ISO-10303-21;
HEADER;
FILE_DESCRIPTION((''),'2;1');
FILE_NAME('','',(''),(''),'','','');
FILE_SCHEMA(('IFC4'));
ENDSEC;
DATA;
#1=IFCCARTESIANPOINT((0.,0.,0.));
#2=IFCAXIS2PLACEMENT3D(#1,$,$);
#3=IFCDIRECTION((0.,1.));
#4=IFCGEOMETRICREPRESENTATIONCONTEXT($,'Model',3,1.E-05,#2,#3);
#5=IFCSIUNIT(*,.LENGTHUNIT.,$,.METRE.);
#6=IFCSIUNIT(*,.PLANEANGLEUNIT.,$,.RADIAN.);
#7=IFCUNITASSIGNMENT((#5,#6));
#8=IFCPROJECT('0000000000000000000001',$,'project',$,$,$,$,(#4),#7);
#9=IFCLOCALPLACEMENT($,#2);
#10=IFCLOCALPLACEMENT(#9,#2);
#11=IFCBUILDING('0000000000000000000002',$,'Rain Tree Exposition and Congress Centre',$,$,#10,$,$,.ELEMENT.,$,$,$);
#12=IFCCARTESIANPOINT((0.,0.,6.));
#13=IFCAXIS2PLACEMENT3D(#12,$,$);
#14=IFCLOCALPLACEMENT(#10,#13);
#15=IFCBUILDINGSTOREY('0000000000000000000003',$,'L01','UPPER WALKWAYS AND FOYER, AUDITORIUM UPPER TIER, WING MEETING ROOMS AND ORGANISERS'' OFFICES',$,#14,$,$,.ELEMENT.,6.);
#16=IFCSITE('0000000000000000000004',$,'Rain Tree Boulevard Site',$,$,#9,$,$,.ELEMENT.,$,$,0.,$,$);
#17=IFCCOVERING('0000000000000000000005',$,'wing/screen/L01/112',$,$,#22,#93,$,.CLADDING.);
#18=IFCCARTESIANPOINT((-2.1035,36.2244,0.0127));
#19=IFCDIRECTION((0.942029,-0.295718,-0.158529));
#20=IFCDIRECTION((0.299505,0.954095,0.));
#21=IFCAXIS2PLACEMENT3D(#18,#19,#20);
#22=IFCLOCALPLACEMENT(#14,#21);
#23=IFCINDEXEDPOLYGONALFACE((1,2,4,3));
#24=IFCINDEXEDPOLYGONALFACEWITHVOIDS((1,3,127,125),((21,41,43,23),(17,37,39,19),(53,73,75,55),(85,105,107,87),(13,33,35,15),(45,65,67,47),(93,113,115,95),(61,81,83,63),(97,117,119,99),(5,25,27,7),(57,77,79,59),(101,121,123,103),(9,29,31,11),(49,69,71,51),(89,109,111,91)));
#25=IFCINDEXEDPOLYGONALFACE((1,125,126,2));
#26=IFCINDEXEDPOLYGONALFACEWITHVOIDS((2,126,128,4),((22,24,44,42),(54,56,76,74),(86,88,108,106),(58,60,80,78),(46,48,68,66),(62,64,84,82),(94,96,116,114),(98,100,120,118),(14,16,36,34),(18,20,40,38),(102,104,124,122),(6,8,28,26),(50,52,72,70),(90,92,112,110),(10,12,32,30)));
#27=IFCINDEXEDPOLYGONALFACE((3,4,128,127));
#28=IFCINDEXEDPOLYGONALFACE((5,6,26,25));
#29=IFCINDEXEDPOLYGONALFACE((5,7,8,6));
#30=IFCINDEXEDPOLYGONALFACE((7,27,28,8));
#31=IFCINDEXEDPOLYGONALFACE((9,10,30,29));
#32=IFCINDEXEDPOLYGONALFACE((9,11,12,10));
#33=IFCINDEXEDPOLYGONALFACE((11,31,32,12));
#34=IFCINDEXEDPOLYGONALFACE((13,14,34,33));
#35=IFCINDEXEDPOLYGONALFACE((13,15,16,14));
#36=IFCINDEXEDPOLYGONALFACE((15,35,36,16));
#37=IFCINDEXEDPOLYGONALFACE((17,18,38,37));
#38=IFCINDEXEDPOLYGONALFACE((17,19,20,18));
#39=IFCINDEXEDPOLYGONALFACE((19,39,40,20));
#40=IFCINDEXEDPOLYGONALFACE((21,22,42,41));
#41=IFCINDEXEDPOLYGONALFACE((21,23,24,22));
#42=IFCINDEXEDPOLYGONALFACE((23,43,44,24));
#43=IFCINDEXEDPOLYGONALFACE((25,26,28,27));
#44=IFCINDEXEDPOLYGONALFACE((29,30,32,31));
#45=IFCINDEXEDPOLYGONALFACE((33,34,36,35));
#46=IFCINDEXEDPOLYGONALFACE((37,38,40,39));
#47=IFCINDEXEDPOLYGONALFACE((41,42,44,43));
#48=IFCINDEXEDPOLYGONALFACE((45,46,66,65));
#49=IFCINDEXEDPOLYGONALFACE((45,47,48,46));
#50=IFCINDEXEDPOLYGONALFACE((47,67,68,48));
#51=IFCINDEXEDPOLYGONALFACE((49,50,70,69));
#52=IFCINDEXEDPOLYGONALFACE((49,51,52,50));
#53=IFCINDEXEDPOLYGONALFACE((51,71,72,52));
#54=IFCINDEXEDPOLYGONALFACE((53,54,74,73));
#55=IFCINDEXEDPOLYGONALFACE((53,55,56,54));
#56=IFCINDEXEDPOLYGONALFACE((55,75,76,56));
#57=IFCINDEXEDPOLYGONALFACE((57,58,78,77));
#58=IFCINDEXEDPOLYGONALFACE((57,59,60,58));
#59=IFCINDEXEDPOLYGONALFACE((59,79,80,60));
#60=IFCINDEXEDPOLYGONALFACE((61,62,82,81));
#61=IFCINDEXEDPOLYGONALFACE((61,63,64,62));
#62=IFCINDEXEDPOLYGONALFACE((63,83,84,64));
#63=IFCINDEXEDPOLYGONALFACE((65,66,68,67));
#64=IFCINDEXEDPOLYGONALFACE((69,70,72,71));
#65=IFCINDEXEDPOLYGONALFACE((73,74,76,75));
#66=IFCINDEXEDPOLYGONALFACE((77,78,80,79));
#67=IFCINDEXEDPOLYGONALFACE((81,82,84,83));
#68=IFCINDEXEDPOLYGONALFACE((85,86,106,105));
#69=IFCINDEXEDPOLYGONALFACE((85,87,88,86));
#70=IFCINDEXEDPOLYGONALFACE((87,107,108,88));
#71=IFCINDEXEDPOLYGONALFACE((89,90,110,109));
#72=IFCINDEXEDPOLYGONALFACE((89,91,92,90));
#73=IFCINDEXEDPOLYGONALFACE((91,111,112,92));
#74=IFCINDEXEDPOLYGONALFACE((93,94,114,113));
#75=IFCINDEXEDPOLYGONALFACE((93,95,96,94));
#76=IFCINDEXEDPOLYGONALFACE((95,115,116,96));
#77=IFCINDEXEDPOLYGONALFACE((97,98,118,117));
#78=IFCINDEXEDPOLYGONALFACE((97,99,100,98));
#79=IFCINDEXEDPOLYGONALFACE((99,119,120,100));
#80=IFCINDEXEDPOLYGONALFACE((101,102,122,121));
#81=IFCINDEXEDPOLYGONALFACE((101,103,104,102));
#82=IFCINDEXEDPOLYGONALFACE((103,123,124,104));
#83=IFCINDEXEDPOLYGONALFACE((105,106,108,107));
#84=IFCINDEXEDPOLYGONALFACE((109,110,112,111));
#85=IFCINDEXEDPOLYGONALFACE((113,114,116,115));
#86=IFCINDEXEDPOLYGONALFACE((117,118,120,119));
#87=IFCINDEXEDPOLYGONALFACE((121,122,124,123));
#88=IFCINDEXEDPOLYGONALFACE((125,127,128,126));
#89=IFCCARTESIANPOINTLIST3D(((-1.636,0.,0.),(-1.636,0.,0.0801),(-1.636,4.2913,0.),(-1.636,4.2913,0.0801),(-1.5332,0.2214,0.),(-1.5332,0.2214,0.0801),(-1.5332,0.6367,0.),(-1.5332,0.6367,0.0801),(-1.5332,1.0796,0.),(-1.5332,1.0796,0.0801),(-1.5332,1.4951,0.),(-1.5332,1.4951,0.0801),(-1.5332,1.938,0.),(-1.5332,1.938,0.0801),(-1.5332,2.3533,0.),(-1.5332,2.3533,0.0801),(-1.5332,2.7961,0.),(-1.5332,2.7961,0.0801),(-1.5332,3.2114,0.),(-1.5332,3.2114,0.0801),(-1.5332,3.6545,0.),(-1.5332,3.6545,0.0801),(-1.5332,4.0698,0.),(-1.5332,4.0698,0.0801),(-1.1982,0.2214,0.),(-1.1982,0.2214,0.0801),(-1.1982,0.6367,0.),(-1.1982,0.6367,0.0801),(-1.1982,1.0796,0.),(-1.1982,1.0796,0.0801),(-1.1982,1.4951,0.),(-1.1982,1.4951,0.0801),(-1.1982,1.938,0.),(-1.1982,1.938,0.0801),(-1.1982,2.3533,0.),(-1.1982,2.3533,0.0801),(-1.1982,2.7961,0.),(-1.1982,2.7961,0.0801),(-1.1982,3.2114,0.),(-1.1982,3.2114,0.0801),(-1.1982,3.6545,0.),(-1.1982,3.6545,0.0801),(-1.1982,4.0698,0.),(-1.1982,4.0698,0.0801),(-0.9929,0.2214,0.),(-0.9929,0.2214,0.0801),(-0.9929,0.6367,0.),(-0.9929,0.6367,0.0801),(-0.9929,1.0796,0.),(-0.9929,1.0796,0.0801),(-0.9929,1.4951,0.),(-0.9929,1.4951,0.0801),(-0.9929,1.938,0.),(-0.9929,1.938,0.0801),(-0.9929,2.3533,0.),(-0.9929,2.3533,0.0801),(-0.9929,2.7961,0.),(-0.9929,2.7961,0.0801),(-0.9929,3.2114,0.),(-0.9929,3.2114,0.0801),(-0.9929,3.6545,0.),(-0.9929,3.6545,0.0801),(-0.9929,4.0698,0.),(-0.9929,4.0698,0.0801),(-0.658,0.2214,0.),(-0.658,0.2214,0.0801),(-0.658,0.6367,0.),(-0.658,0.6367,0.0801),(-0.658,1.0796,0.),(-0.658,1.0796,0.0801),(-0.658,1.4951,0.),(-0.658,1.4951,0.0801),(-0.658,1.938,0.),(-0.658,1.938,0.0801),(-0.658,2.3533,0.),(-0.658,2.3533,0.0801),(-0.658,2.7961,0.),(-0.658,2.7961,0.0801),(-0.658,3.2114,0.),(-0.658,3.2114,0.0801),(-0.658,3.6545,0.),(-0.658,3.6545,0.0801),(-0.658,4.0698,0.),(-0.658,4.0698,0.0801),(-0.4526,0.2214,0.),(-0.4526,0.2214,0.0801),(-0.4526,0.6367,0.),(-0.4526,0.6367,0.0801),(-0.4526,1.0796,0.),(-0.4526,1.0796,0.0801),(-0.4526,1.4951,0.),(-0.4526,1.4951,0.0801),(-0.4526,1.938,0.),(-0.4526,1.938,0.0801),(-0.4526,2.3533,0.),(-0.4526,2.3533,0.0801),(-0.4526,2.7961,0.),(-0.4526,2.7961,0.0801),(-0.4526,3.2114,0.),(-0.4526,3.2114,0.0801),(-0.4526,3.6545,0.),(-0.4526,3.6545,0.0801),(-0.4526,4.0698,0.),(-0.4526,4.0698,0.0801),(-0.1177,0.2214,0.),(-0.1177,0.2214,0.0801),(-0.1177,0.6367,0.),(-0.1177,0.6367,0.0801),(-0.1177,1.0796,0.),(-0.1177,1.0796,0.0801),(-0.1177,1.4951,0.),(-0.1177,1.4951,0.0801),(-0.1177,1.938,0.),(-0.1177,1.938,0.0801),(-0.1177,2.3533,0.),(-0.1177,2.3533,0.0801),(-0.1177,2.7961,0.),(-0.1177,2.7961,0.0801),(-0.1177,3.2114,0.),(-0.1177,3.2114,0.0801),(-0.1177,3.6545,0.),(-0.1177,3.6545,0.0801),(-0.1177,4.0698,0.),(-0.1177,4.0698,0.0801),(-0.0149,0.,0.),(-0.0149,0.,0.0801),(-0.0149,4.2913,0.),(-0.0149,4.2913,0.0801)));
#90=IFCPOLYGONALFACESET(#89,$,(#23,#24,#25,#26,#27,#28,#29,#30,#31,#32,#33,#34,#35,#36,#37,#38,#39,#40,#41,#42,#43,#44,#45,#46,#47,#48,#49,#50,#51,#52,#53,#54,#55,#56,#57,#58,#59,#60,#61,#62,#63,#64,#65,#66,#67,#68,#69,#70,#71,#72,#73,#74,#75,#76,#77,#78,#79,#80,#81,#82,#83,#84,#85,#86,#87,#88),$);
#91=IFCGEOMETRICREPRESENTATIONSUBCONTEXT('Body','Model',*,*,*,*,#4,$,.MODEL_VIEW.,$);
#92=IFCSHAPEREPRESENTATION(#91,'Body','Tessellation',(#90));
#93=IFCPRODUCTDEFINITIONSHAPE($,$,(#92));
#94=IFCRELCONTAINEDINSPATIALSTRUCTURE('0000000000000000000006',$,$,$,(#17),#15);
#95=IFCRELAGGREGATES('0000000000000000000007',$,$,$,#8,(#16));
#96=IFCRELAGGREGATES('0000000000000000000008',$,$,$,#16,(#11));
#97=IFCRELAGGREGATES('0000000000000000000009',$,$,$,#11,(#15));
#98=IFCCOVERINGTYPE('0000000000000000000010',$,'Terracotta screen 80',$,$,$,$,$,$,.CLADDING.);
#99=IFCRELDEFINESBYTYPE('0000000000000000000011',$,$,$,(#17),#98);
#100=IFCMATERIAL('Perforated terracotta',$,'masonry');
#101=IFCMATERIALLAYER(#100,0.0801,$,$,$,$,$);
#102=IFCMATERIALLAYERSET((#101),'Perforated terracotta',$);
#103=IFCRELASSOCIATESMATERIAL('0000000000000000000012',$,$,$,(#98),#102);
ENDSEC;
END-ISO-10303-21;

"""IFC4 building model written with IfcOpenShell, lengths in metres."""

from ifc_helpers import new_model, si_unit, direction, frame, origin, place, context, subcontext, project, spatial, polyline, outline, extrude, material, layer, layer_set, type_object, element, save


model = new_model("IFC4")

# Units and contexts
model_context = context("Model", 3, precision=1e-05, world=origin(), true_north=direction((0.0, 1.0)))
body_context = subcontext(model_context, "Body", "Model", "MODEL_VIEW")
ifc_project = project(units=[si_unit("LENGTHUNIT", "METRE"), si_unit("PLANEANGLEUNIT", "RADIAN")], contexts=[model_context])

# Site, building, storey
site_placement = place(None, origin())
site = spatial("IfcSite", under=ifc_project, at=site_placement, Name="Rain Tree Boulevard Site", CompositionType="ELEMENT", RefElevation=0.0)
building_placement = place(site_placement, origin())
building = spatial("IfcBuilding", under=site, at=building_placement, Name="Rain Tree Exposition and Congress Centre", CompositionType="ELEMENT")
storey_placement = place(building_placement, frame((0.0, 0.0, 6.0)))
storey = spatial("IfcBuildingStorey", under=building, at=storey_placement, Name="L01", Description="UPPER WALKWAYS AND FOYER, AUDITORIUM UPPER TIER, WING MEETING ROOMS AND ORGANISERS' OFFICES", CompositionType="ELEMENT", Elevation=6.0)

# Covering
ifc_material_1 = material(Name="Perforated terracotta", Category="masonry")
ifc_layer_1 = layer(ifc_material_1, 0.0801)
ifc_layer_set_1 = layer_set([ifc_layer_1], Name="Perforated terracotta")
covering_type = type_object("IfcCoveringType", Name="Terracotta screen 80", PredefinedType="CLADDING", material=ifc_layer_set_1)
covering_1_placement = place(storey_placement, frame((-2.1035, 36.2244, 0.0127), z_axis=(0.942029, -0.295718, -0.158529), x_axis=(0.299505, 0.954095, 0.0)))
element("IfcCovering", 1, at=covering_1_placement, inside=storey, type_object=covering_type, Name="wing/screen/L01/112", PredefinedType="CLADDING", context=body_context, shape_type="SweptSolid", body=[
    extrude(outline(polyline([(-1.636, 0.0), (-1.636, 4.2913), (-0.0149, 4.2913), (-0.0149, 0.0), (-1.636, 0.0)]), holes=[polyline([(-0.1177, 0.2214), (-0.1177, 0.6367), (-0.4526, 0.6367), (-0.4526, 0.2214), (-0.1177, 0.2214)]), polyline([(-0.1177, 1.0796), (-0.1177, 1.4951), (-0.4526, 1.4951), (-0.4526, 1.0796), (-0.1177, 1.0796)]), polyline([(-0.1177, 1.938), (-0.1177, 2.3533), (-0.4526, 2.3533), (-0.4526, 1.938), (-0.1177, 1.938)]), polyline([(-0.1177, 2.7961), (-0.1177, 3.2114), (-0.4526, 3.2114), (-0.4526, 2.7961), (-0.1177, 2.7961)]), polyline([(-0.1177, 3.6545), (-0.1177, 4.0698), (-0.4526, 4.0698), (-0.4526, 3.6545), (-0.1177, 3.6545)]), polyline([(-0.658, 0.2214), (-0.658, 0.6367), (-0.9929, 0.6367), (-0.9929, 0.2214), (-0.658, 0.2214)]), polyline([(-0.658, 1.0796), (-0.658, 1.4951), (-0.9929, 1.4951), (-0.9929, 1.0796), (-0.658, 1.0796)]), polyline([(-0.658, 1.938), (-0.658, 2.3533), (-0.9929, 2.3533), (-0.9929, 1.938), (-0.658, 1.938)]), polyline([(-0.658, 2.7961), (-0.658, 3.2114), (-0.9929, 3.2114), (-0.9929, 2.7961), (-0.658, 2.7961)]), polyline([(-0.658, 3.6545), (-0.658, 4.0698), (-0.9929, 4.0698), (-0.9929, 3.6545), (-0.658, 3.6545)]), polyline([(-1.1982, 0.2214), (-1.1982, 0.6367), (-1.5332, 0.6367), (-1.5332, 0.2214), (-1.1982, 0.2214)]), polyline([(-1.1982, 1.0796), (-1.1982, 1.4951), (-1.5332, 1.4951), (-1.5332, 1.0796), (-1.1982, 1.0796)]), polyline([(-1.1982, 1.938), (-1.1982, 2.3533), (-1.5332, 2.3533), (-1.5332, 1.938), (-1.1982, 1.938)]), polyline([(-1.1982, 2.7961), (-1.1982, 3.2114), (-1.5332, 3.2114), (-1.5332, 2.7961), (-1.1982, 2.7961)]), polyline([(-1.1982, 3.6545), (-1.1982, 4.0698), (-1.5332, 4.0698), (-1.5332, 3.6545), (-1.1982, 3.6545)])]), origin(), (0.0, 0.0, 1.0), 0.0801),
])

save(model, "model.ifc")
